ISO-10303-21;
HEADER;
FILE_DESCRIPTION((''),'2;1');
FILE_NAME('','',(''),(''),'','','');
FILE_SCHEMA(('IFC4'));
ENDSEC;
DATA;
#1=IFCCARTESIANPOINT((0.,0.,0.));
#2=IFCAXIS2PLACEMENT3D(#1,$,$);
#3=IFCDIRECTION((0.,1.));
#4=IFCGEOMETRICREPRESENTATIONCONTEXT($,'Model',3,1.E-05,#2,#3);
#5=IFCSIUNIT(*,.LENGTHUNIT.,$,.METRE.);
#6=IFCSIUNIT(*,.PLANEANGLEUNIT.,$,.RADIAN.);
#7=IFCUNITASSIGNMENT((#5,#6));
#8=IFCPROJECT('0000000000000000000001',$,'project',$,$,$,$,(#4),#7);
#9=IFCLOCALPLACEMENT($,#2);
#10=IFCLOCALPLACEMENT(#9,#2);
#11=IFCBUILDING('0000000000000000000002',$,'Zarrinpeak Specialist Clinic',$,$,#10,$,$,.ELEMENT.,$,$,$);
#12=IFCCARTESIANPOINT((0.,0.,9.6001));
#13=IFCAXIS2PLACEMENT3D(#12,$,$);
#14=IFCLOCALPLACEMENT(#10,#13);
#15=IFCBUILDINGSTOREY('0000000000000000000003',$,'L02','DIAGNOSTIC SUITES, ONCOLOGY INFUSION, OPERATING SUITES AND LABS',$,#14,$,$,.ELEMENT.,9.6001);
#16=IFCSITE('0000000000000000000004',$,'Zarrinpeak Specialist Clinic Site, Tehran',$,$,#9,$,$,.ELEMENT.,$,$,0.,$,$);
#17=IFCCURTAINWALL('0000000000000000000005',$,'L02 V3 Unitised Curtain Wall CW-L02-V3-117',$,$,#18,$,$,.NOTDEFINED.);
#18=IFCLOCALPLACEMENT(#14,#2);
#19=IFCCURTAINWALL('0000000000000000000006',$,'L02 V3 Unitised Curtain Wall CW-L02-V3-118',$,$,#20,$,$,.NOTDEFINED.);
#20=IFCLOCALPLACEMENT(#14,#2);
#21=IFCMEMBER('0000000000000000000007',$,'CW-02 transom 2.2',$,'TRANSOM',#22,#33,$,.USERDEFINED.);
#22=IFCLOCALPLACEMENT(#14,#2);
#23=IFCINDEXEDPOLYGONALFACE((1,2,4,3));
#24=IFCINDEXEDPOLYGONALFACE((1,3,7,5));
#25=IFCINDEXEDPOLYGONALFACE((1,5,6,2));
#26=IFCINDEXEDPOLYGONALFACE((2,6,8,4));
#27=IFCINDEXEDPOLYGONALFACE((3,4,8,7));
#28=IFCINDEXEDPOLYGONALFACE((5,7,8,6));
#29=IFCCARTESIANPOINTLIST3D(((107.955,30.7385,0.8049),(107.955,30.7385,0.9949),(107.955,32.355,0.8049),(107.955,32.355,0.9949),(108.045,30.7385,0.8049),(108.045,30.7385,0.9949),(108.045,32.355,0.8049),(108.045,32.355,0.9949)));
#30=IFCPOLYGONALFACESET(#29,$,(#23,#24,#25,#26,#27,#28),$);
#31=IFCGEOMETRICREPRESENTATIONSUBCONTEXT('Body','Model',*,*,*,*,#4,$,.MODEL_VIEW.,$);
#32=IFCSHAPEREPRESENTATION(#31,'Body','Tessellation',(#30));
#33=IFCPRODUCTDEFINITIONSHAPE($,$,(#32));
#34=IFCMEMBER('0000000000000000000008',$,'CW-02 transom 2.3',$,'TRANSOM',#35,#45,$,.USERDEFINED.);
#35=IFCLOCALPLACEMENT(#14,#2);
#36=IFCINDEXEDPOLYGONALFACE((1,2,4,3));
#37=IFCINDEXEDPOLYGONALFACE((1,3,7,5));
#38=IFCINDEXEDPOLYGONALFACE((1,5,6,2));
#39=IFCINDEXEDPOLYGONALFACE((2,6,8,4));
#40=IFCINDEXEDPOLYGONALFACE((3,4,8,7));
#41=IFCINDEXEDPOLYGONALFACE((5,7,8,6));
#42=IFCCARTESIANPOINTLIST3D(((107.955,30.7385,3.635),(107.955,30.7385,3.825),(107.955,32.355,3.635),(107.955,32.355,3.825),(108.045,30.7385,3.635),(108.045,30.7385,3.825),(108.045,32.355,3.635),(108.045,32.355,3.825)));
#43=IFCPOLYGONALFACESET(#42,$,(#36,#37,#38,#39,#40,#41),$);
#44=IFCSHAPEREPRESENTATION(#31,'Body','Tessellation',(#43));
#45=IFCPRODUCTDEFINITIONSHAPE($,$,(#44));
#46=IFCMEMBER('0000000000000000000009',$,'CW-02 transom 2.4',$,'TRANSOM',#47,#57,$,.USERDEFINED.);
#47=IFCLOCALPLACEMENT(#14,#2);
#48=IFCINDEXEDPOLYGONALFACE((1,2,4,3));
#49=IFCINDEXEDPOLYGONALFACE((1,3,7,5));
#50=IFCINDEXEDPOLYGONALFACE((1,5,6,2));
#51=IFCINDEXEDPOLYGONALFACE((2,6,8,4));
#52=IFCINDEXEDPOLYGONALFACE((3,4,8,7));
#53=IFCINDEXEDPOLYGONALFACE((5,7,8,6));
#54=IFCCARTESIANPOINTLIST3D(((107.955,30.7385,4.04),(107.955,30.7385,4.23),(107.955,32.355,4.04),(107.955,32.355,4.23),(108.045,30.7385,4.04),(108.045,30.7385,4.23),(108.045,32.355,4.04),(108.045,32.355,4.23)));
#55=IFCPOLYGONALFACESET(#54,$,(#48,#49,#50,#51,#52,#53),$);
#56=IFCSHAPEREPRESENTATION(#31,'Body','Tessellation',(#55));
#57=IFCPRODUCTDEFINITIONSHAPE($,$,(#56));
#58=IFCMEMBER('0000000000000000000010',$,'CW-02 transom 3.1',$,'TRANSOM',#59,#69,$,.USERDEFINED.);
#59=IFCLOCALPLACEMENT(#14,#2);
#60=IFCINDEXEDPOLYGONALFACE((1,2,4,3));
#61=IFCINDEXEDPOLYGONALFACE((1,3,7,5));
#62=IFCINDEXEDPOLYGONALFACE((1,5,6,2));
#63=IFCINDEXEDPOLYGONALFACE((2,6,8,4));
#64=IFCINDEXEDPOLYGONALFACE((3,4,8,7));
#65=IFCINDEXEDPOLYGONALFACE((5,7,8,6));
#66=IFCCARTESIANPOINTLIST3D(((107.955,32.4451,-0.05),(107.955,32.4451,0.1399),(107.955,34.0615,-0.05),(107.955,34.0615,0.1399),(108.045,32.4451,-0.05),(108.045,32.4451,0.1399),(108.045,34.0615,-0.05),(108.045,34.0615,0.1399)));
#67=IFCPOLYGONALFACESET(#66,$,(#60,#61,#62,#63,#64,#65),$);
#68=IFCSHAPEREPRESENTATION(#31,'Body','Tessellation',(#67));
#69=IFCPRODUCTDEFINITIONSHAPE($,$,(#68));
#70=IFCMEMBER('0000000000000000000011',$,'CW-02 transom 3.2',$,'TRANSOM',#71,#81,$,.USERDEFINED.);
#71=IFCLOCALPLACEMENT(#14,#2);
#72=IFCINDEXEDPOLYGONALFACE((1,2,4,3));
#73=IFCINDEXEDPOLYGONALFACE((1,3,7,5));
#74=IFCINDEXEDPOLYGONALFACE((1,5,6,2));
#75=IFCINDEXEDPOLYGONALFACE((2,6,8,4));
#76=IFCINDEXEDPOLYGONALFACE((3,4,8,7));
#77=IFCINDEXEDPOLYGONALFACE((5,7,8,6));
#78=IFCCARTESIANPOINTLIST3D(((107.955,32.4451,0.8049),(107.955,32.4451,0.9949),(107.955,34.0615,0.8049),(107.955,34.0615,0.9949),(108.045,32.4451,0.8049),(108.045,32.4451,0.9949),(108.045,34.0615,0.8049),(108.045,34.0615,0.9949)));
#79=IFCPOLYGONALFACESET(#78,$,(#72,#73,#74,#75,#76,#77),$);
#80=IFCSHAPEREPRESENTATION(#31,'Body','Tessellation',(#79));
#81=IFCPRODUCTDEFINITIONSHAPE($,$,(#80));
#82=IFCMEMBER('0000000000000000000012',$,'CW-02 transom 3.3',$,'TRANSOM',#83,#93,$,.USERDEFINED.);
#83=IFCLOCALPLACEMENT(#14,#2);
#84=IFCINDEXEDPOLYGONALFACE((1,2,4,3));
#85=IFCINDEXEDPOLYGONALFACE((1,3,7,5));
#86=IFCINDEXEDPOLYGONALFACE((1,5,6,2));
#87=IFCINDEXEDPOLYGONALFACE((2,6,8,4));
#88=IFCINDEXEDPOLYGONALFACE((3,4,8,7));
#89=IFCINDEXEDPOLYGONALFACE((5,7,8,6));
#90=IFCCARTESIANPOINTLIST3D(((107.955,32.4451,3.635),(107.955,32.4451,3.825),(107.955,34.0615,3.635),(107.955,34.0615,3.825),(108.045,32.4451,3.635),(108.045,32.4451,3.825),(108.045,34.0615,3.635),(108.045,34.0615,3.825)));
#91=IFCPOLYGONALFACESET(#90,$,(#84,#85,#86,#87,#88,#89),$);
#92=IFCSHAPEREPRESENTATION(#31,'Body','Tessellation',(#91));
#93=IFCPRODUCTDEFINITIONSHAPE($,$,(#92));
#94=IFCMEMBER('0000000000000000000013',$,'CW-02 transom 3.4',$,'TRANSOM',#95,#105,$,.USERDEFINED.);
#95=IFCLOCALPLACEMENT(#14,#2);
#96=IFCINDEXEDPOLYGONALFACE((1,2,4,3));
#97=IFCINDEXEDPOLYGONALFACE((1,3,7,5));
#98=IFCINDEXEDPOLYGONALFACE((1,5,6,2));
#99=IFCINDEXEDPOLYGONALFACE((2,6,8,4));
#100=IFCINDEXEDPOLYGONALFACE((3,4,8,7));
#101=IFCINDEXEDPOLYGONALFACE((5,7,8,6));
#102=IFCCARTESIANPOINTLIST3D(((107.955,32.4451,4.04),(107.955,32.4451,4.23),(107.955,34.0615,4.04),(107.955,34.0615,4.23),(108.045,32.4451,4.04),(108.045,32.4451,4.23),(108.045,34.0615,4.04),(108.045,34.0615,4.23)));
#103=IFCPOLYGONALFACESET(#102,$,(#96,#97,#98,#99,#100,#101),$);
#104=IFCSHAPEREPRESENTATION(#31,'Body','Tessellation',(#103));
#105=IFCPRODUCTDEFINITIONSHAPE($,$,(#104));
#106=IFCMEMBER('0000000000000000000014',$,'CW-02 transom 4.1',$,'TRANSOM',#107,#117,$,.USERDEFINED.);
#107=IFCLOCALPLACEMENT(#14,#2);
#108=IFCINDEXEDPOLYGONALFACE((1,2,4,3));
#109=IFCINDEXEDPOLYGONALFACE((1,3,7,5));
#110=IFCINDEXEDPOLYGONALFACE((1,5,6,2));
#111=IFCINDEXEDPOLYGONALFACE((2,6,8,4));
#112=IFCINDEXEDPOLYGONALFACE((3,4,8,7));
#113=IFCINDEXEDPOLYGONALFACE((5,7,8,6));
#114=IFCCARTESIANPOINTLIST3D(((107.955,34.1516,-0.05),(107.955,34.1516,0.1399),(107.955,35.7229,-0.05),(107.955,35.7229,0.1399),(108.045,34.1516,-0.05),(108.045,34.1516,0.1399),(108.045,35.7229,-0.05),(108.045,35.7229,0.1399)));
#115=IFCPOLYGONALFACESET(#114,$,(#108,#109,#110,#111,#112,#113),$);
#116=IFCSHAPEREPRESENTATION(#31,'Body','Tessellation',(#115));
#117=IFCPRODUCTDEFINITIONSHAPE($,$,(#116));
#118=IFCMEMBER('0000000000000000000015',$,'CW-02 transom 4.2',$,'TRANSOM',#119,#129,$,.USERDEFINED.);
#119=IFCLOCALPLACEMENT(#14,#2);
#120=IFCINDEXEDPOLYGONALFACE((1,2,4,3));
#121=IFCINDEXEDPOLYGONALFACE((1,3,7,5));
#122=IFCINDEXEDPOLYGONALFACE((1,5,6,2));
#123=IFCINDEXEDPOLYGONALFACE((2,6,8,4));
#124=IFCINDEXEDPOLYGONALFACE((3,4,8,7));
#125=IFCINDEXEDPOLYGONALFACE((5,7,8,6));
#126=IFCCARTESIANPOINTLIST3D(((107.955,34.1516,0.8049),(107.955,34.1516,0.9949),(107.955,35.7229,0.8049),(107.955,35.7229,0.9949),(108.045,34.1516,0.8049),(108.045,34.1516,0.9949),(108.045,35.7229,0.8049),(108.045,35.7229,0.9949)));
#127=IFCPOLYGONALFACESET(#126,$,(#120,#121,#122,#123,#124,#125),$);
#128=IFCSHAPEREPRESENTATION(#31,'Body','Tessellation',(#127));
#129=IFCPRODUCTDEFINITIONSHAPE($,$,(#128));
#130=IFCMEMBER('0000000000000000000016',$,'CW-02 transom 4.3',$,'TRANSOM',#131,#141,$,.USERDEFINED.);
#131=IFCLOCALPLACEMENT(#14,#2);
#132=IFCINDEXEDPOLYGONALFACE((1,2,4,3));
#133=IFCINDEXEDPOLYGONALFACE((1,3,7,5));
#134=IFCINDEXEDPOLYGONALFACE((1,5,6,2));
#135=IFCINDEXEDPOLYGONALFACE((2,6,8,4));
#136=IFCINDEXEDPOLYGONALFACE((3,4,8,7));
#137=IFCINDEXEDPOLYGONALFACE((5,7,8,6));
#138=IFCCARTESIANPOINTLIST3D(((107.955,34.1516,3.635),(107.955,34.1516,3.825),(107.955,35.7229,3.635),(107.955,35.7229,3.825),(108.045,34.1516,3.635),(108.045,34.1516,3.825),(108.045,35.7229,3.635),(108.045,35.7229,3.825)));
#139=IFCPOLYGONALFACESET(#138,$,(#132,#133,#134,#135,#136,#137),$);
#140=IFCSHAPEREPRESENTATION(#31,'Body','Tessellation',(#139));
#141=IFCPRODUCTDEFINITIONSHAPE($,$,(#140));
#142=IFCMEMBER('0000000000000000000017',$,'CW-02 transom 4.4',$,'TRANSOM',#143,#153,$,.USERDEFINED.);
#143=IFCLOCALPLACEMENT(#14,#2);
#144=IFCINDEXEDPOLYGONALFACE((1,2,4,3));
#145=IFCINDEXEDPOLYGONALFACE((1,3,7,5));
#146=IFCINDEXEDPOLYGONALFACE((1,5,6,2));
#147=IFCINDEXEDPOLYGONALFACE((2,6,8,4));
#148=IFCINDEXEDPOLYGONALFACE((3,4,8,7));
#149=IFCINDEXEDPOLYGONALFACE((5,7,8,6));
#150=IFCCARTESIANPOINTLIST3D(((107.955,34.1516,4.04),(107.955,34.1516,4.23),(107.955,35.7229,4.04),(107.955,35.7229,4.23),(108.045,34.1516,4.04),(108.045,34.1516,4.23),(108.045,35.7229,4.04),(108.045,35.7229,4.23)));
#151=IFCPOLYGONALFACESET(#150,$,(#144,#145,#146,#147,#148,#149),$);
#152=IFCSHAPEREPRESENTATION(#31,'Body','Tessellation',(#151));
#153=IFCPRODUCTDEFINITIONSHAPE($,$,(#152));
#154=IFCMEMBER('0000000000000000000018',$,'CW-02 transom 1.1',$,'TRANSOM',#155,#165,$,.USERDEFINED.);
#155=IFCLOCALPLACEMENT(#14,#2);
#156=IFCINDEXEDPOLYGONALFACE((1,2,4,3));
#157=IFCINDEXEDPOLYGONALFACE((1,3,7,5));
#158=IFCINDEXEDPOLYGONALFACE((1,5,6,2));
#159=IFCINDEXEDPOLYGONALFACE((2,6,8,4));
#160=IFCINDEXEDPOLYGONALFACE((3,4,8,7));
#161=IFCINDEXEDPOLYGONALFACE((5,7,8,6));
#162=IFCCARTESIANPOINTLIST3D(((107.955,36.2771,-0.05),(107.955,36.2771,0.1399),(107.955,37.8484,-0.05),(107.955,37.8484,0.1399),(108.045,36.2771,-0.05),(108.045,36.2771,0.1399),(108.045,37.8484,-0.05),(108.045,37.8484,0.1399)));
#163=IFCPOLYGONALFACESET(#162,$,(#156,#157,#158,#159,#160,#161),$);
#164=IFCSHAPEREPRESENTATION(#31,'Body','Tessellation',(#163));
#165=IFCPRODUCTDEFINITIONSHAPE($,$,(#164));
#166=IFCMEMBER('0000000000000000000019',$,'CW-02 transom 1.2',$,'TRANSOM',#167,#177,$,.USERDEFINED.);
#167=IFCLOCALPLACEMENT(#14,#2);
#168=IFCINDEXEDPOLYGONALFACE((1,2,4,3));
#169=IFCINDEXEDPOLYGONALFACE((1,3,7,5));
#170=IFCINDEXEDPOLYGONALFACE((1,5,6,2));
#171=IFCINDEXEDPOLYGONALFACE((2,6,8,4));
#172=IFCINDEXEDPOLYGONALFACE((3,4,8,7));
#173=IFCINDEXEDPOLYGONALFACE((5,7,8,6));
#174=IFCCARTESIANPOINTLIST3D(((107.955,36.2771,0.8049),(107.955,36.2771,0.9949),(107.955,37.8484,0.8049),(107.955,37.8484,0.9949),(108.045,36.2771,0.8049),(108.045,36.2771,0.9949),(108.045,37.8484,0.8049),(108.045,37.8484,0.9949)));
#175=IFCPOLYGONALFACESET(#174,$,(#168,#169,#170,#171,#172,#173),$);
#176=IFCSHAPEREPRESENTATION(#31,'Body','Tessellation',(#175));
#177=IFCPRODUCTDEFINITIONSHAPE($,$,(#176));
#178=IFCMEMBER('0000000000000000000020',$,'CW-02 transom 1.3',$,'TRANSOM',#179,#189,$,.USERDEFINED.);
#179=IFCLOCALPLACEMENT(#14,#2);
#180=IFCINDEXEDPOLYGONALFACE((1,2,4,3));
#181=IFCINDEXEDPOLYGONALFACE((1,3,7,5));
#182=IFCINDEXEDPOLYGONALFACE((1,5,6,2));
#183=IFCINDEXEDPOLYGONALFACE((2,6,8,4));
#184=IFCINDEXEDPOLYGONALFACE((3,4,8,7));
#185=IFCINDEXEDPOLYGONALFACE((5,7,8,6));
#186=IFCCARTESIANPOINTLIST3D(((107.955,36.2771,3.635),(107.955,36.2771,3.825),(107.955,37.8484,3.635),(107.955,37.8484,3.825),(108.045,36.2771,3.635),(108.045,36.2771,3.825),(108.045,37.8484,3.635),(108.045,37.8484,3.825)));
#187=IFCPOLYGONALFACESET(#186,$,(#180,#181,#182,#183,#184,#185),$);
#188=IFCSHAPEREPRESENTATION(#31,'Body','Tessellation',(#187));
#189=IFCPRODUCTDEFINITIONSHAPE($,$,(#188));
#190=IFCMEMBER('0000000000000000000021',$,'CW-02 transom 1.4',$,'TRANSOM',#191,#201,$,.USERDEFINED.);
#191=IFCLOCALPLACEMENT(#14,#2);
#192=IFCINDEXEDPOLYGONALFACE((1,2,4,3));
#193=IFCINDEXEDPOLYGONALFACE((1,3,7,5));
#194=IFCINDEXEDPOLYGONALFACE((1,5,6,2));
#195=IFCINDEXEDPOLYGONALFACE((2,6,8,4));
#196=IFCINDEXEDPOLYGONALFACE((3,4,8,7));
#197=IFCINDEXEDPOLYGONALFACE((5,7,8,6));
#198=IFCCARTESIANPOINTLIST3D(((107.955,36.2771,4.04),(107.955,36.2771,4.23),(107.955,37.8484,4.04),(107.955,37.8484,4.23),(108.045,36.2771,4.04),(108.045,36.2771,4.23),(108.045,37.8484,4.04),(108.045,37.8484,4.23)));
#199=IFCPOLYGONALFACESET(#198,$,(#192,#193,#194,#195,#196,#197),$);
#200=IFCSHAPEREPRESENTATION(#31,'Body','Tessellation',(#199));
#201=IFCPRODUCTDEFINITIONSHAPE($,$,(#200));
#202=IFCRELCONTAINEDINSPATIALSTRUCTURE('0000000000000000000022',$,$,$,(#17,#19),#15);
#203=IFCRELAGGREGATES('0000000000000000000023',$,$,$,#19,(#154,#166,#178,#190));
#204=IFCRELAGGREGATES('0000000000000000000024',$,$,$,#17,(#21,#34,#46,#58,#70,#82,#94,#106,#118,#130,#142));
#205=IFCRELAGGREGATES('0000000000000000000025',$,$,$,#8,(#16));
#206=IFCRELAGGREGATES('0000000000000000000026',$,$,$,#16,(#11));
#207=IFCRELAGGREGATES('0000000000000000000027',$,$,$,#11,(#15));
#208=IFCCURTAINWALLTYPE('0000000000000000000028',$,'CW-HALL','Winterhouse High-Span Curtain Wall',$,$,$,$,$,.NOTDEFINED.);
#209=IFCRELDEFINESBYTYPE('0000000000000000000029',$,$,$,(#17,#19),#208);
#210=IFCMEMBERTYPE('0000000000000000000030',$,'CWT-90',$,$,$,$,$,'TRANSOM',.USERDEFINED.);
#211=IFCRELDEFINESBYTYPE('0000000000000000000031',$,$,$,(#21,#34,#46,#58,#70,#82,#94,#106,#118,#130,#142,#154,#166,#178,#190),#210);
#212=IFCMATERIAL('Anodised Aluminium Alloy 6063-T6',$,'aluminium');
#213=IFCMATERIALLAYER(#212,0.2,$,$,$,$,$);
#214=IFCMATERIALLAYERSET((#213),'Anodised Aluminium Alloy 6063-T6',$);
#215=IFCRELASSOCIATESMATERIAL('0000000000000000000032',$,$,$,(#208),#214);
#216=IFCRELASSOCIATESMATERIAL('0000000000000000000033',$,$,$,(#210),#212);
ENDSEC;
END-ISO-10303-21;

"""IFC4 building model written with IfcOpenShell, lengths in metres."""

from ifc_helpers import new_model, si_unit, direction, frame, origin, origin_2d, place, context, subcontext, project, spatial, rectangle, extrude, material, layer, layer_set, material_profile, profile_set, type_object, element, aggregate, save


model = new_model("IFC4")

# Units and contexts
model_context = context("Model", 3, precision=1e-05, world=origin(), true_north=direction((0.0, 1.0)))
body_context = subcontext(model_context, "Body", "Model", "MODEL_VIEW")
ifc_project = project(units=[si_unit("LENGTHUNIT", "METRE"), si_unit("PLANEANGLEUNIT", "RADIAN")], contexts=[model_context])

# Site, building, storey
site_placement = place(None, origin())
site = spatial("IfcSite", under=ifc_project, at=site_placement, Name="Zarrinpeak Specialist Clinic Site, Tehran", CompositionType="ELEMENT", RefElevation=0.0)
building_placement = place(site_placement, origin())
building = spatial("IfcBuilding", under=site, at=building_placement, Name="Zarrinpeak Specialist Clinic", CompositionType="ELEMENT")
storey_placement = place(building_placement, frame((0.0, 0.0, 9.6001)))
storey = spatial("IfcBuildingStorey", under=building, at=storey_placement, Name="L02", Description="DIAGNOSTIC SUITES, ONCOLOGY INFUSION, OPERATING SUITES AND LABS", CompositionType="ELEMENT", Elevation=9.6001)

# Curtain wall
ifc_material_1 = material(Name="Anodised Aluminium Alloy 6063-T6", Category="aluminium")
ifc_layer_1 = layer(ifc_material_1, 0.2)
ifc_layer_set_1 = layer_set([ifc_layer_1], Name="Anodised Aluminium Alloy 6063-T6")
curtain_wall_type = type_object("IfcCurtainWallType", Name="CW-HALL", Description="Winterhouse High-Span Curtain Wall", PredefinedType="NOTDEFINED", material=ifc_layer_set_1)
curtain_wall_1_placement = place(storey_placement, origin())
curtain_wall_1 = element("IfcCurtainWall", 1, at=curtain_wall_1_placement, inside=storey, type_object=curtain_wall_type, Name="L02 V3 Unitised Curtain Wall CW-L02-V3-117", PredefinedType="NOTDEFINED")

# Curtain wall
curtain_wall_2_placement = place(storey_placement, origin())
curtain_wall_2 = element("IfcCurtainWall", 2, at=curtain_wall_2_placement, inside=storey, type_object=curtain_wall_type, Name="L02 V3 Unitised Curtain Wall CW-L02-V3-118", PredefinedType="NOTDEFINED")

# Members
ifc_material_profile_1 = material_profile(ifc_material_1, rectangle(XDim=0.0901, YDim=0.1899, at=origin_2d()), Name="ALU 90x190")
ifc_profile_set_1 = profile_set([ifc_material_profile_1], Name="Anodised Aluminium Alloy 6063-T6")
member_type_1 = type_object("IfcMemberType", Name="CWT-90", ElementType="TRANSOM", PredefinedType="USERDEFINED", material=ifc_profile_set_1)
member_1_placement = place(storey_placement, frame((108.0, 30.7385, 0.8999), z_axis=(0.0, 1.0, 0.0), x_axis=(-1.0, 0.0, 0.0)))
member_1 = element("IfcMember", 3, at=member_1_placement, type_object=member_type_1, Name="CW-02 transom 2.2", ObjectType="TRANSOM", PredefinedType="USERDEFINED", context=body_context, shape_type="SweptSolid", body=[
    extrude(rectangle(XDim=0.0901, YDim=0.1899, at=origin_2d()), origin(), (0.0, 0.0, 1.0), 1.6165),
])
member_2_placement = place(storey_placement, frame((108.0, 30.7385, 3.73), z_axis=(0.0, 1.0, 0.0), x_axis=(-1.0, 0.0, 0.0)))
member_2 = element("IfcMember", 4, at=member_2_placement, type_object=member_type_1, Name="CW-02 transom 2.3", ObjectType="TRANSOM", PredefinedType="USERDEFINED", context=body_context, shape_type="SweptSolid", body=[
    extrude(rectangle(XDim=0.0901, YDim=0.1899, at=origin_2d()), origin(), (0.0, 0.0, 1.0), 1.6165),
])
member_3_placement = place(storey_placement, frame((108.0, 30.7385, 4.135), z_axis=(0.0, 1.0, 0.0), x_axis=(-1.0, 0.0, 0.0)))
member_3 = element("IfcMember", 5, at=member_3_placement, type_object=member_type_1, Name="CW-02 transom 2.4", ObjectType="TRANSOM", PredefinedType="USERDEFINED", context=body_context, shape_type="SweptSolid", body=[
    extrude(rectangle(XDim=0.0901, YDim=0.1899, at=origin_2d()), origin(), (0.0, 0.0, 1.0), 1.6165),
])
member_4_placement = place(storey_placement, frame((108.0, 32.4451, 0.0449), z_axis=(0.0, 1.0, 0.0), x_axis=(-1.0, 0.0, 0.0)))
member_4 = element("IfcMember", 6, at=member_4_placement, type_object=member_type_1, Name="CW-02 transom 3.1", ObjectType="TRANSOM", PredefinedType="USERDEFINED", context=body_context, shape_type="SweptSolid", body=[
    extrude(rectangle(XDim=0.0901, YDim=0.1899, at=origin_2d()), origin(), (0.0, 0.0, 1.0), 1.6165),
])
member_5_placement = place(storey_placement, frame((108.0, 32.4451, 0.8999), z_axis=(0.0, 1.0, 0.0), x_axis=(-1.0, 0.0, 0.0)))
member_5 = element("IfcMember", 7, at=member_5_placement, type_object=member_type_1, Name="CW-02 transom 3.2", ObjectType="TRANSOM", PredefinedType="USERDEFINED", context=body_context, shape_type="SweptSolid", body=[
    extrude(rectangle(XDim=0.0901, YDim=0.1899, at=origin_2d()), origin(), (0.0, 0.0, 1.0), 1.6165),
])
member_6_placement = place(storey_placement, frame((108.0, 32.4451, 3.73), z_axis=(0.0, 1.0, 0.0), x_axis=(-1.0, 0.0, 0.0)))
member_6 = element("IfcMember", 8, at=member_6_placement, type_object=member_type_1, Name="CW-02 transom 3.3", ObjectType="TRANSOM", PredefinedType="USERDEFINED", context=body_context, shape_type="SweptSolid", body=[
    extrude(rectangle(XDim=0.0901, YDim=0.1899, at=origin_2d()), origin(), (0.0, 0.0, 1.0), 1.6165),
])
member_7_placement = place(storey_placement, frame((108.0, 32.4451, 4.135), z_axis=(0.0, 1.0, 0.0), x_axis=(-1.0, 0.0, 0.0)))
member_7 = element("IfcMember", 9, at=member_7_placement, type_object=member_type_1, Name="CW-02 transom 3.4", ObjectType="TRANSOM", PredefinedType="USERDEFINED", context=body_context, shape_type="SweptSolid", body=[
    extrude(rectangle(XDim=0.0901, YDim=0.1899, at=origin_2d()), origin(), (0.0, 0.0, 1.0), 1.6165),
])
member_8_placement = place(storey_placement, frame((108.0, 34.1516, 0.0449), z_axis=(0.0, 1.0, 0.0), x_axis=(-1.0, 0.0, 0.0)))
member_8 = element("IfcMember", 10, at=member_8_placement, type_object=member_type_1, Name="CW-02 transom 4.1", ObjectType="TRANSOM", PredefinedType="USERDEFINED", context=body_context, shape_type="SweptSolid", body=[
    extrude(rectangle(XDim=0.0901, YDim=0.1899, at=origin_2d()), origin(), (0.0, 0.0, 1.0), 1.5713),
])
member_9_placement = place(storey_placement, frame((108.0, 34.1516, 0.8999), z_axis=(0.0, 1.0, 0.0), x_axis=(-1.0, 0.0, 0.0)))
member_9 = element("IfcMember", 11, at=member_9_placement, type_object=member_type_1, Name="CW-02 transom 4.2", ObjectType="TRANSOM", PredefinedType="USERDEFINED", context=body_context, shape_type="SweptSolid", body=[
    extrude(rectangle(XDim=0.0901, YDim=0.1899, at=origin_2d()), origin(), (0.0, 0.0, 1.0), 1.5713),
])
member_10_placement = place(storey_placement, frame((108.0, 34.1516, 3.73), z_axis=(0.0, 1.0, 0.0), x_axis=(-1.0, 0.0, 0.0)))
member_10 = element("IfcMember", 12, at=member_10_placement, type_object=member_type_1, Name="CW-02 transom 4.3", ObjectType="TRANSOM", PredefinedType="USERDEFINED", context=body_context, shape_type="SweptSolid", body=[
    extrude(rectangle(XDim=0.0901, YDim=0.1899, at=origin_2d()), origin(), (0.0, 0.0, 1.0), 1.5713),
])
member_11_placement = place(storey_placement, frame((108.0, 34.1516, 4.135), z_axis=(0.0, 1.0, 0.0), x_axis=(-1.0, 0.0, 0.0)))
member_11 = element("IfcMember", 13, at=member_11_placement, type_object=member_type_1, Name="CW-02 transom 4.4", ObjectType="TRANSOM", PredefinedType="USERDEFINED", context=body_context, shape_type="SweptSolid", body=[
    extrude(rectangle(XDim=0.0901, YDim=0.1899, at=origin_2d()), origin(), (0.0, 0.0, 1.0), 1.5713),
])
member_12_placement = place(storey_placement, frame((108.0, 36.2771, 0.0449), z_axis=(0.0, 1.0, 0.0), x_axis=(-1.0, 0.0, 0.0)))
member_12 = element("IfcMember", 14, at=member_12_placement, type_object=member_type_1, Name="CW-02 transom 1.1", ObjectType="TRANSOM", PredefinedType="USERDEFINED", context=body_context, shape_type="SweptSolid", body=[
    extrude(rectangle(XDim=0.0901, YDim=0.1899, at=origin_2d()), origin(), (0.0, 0.0, 1.0), 1.5713),
])
member_13_placement = place(storey_placement, frame((108.0, 36.2771, 0.8999), z_axis=(0.0, 1.0, 0.0), x_axis=(-1.0, 0.0, 0.0)))
member_13 = element("IfcMember", 15, at=member_13_placement, type_object=member_type_1, Name="CW-02 transom 1.2", ObjectType="TRANSOM", PredefinedType="USERDEFINED", context=body_context, shape_type="SweptSolid", body=[
    extrude(rectangle(XDim=0.0901, YDim=0.1899, at=origin_2d()), origin(), (0.0, 0.0, 1.0), 1.5713),
])
member_14_placement = place(storey_placement, frame((108.0, 36.2771, 3.73), z_axis=(0.0, 1.0, 0.0), x_axis=(-1.0, 0.0, 0.0)))
member_14 = element("IfcMember", 16, at=member_14_placement, type_object=member_type_1, Name="CW-02 transom 1.3", ObjectType="TRANSOM", PredefinedType="USERDEFINED", context=body_context, shape_type="SweptSolid", body=[
    extrude(rectangle(XDim=0.0901, YDim=0.1899, at=origin_2d()), origin(), (0.0, 0.0, 1.0), 1.5713),
])
member_15_placement = place(storey_placement, frame((108.0, 36.2771, 4.135), z_axis=(0.0, 1.0, 0.0), x_axis=(-1.0, 0.0, 0.0)))
member_15 = element("IfcMember", 17, at=member_15_placement, type_object=member_type_1, Name="CW-02 transom 1.4", ObjectType="TRANSOM", PredefinedType="USERDEFINED", context=body_context, shape_type="SweptSolid", body=[
    extrude(rectangle(XDim=0.0901, YDim=0.1899, at=origin_2d()), origin(), (0.0, 0.0, 1.0), 1.5713),
])

aggregate(curtain_wall_2, [member_12, member_13, member_14, member_15])
aggregate(curtain_wall_1, [member_1, member_2, member_3, member_4, member_5, member_6, member_7, member_8, member_9, member_10, member_11])

save(model, "model.ifc")
